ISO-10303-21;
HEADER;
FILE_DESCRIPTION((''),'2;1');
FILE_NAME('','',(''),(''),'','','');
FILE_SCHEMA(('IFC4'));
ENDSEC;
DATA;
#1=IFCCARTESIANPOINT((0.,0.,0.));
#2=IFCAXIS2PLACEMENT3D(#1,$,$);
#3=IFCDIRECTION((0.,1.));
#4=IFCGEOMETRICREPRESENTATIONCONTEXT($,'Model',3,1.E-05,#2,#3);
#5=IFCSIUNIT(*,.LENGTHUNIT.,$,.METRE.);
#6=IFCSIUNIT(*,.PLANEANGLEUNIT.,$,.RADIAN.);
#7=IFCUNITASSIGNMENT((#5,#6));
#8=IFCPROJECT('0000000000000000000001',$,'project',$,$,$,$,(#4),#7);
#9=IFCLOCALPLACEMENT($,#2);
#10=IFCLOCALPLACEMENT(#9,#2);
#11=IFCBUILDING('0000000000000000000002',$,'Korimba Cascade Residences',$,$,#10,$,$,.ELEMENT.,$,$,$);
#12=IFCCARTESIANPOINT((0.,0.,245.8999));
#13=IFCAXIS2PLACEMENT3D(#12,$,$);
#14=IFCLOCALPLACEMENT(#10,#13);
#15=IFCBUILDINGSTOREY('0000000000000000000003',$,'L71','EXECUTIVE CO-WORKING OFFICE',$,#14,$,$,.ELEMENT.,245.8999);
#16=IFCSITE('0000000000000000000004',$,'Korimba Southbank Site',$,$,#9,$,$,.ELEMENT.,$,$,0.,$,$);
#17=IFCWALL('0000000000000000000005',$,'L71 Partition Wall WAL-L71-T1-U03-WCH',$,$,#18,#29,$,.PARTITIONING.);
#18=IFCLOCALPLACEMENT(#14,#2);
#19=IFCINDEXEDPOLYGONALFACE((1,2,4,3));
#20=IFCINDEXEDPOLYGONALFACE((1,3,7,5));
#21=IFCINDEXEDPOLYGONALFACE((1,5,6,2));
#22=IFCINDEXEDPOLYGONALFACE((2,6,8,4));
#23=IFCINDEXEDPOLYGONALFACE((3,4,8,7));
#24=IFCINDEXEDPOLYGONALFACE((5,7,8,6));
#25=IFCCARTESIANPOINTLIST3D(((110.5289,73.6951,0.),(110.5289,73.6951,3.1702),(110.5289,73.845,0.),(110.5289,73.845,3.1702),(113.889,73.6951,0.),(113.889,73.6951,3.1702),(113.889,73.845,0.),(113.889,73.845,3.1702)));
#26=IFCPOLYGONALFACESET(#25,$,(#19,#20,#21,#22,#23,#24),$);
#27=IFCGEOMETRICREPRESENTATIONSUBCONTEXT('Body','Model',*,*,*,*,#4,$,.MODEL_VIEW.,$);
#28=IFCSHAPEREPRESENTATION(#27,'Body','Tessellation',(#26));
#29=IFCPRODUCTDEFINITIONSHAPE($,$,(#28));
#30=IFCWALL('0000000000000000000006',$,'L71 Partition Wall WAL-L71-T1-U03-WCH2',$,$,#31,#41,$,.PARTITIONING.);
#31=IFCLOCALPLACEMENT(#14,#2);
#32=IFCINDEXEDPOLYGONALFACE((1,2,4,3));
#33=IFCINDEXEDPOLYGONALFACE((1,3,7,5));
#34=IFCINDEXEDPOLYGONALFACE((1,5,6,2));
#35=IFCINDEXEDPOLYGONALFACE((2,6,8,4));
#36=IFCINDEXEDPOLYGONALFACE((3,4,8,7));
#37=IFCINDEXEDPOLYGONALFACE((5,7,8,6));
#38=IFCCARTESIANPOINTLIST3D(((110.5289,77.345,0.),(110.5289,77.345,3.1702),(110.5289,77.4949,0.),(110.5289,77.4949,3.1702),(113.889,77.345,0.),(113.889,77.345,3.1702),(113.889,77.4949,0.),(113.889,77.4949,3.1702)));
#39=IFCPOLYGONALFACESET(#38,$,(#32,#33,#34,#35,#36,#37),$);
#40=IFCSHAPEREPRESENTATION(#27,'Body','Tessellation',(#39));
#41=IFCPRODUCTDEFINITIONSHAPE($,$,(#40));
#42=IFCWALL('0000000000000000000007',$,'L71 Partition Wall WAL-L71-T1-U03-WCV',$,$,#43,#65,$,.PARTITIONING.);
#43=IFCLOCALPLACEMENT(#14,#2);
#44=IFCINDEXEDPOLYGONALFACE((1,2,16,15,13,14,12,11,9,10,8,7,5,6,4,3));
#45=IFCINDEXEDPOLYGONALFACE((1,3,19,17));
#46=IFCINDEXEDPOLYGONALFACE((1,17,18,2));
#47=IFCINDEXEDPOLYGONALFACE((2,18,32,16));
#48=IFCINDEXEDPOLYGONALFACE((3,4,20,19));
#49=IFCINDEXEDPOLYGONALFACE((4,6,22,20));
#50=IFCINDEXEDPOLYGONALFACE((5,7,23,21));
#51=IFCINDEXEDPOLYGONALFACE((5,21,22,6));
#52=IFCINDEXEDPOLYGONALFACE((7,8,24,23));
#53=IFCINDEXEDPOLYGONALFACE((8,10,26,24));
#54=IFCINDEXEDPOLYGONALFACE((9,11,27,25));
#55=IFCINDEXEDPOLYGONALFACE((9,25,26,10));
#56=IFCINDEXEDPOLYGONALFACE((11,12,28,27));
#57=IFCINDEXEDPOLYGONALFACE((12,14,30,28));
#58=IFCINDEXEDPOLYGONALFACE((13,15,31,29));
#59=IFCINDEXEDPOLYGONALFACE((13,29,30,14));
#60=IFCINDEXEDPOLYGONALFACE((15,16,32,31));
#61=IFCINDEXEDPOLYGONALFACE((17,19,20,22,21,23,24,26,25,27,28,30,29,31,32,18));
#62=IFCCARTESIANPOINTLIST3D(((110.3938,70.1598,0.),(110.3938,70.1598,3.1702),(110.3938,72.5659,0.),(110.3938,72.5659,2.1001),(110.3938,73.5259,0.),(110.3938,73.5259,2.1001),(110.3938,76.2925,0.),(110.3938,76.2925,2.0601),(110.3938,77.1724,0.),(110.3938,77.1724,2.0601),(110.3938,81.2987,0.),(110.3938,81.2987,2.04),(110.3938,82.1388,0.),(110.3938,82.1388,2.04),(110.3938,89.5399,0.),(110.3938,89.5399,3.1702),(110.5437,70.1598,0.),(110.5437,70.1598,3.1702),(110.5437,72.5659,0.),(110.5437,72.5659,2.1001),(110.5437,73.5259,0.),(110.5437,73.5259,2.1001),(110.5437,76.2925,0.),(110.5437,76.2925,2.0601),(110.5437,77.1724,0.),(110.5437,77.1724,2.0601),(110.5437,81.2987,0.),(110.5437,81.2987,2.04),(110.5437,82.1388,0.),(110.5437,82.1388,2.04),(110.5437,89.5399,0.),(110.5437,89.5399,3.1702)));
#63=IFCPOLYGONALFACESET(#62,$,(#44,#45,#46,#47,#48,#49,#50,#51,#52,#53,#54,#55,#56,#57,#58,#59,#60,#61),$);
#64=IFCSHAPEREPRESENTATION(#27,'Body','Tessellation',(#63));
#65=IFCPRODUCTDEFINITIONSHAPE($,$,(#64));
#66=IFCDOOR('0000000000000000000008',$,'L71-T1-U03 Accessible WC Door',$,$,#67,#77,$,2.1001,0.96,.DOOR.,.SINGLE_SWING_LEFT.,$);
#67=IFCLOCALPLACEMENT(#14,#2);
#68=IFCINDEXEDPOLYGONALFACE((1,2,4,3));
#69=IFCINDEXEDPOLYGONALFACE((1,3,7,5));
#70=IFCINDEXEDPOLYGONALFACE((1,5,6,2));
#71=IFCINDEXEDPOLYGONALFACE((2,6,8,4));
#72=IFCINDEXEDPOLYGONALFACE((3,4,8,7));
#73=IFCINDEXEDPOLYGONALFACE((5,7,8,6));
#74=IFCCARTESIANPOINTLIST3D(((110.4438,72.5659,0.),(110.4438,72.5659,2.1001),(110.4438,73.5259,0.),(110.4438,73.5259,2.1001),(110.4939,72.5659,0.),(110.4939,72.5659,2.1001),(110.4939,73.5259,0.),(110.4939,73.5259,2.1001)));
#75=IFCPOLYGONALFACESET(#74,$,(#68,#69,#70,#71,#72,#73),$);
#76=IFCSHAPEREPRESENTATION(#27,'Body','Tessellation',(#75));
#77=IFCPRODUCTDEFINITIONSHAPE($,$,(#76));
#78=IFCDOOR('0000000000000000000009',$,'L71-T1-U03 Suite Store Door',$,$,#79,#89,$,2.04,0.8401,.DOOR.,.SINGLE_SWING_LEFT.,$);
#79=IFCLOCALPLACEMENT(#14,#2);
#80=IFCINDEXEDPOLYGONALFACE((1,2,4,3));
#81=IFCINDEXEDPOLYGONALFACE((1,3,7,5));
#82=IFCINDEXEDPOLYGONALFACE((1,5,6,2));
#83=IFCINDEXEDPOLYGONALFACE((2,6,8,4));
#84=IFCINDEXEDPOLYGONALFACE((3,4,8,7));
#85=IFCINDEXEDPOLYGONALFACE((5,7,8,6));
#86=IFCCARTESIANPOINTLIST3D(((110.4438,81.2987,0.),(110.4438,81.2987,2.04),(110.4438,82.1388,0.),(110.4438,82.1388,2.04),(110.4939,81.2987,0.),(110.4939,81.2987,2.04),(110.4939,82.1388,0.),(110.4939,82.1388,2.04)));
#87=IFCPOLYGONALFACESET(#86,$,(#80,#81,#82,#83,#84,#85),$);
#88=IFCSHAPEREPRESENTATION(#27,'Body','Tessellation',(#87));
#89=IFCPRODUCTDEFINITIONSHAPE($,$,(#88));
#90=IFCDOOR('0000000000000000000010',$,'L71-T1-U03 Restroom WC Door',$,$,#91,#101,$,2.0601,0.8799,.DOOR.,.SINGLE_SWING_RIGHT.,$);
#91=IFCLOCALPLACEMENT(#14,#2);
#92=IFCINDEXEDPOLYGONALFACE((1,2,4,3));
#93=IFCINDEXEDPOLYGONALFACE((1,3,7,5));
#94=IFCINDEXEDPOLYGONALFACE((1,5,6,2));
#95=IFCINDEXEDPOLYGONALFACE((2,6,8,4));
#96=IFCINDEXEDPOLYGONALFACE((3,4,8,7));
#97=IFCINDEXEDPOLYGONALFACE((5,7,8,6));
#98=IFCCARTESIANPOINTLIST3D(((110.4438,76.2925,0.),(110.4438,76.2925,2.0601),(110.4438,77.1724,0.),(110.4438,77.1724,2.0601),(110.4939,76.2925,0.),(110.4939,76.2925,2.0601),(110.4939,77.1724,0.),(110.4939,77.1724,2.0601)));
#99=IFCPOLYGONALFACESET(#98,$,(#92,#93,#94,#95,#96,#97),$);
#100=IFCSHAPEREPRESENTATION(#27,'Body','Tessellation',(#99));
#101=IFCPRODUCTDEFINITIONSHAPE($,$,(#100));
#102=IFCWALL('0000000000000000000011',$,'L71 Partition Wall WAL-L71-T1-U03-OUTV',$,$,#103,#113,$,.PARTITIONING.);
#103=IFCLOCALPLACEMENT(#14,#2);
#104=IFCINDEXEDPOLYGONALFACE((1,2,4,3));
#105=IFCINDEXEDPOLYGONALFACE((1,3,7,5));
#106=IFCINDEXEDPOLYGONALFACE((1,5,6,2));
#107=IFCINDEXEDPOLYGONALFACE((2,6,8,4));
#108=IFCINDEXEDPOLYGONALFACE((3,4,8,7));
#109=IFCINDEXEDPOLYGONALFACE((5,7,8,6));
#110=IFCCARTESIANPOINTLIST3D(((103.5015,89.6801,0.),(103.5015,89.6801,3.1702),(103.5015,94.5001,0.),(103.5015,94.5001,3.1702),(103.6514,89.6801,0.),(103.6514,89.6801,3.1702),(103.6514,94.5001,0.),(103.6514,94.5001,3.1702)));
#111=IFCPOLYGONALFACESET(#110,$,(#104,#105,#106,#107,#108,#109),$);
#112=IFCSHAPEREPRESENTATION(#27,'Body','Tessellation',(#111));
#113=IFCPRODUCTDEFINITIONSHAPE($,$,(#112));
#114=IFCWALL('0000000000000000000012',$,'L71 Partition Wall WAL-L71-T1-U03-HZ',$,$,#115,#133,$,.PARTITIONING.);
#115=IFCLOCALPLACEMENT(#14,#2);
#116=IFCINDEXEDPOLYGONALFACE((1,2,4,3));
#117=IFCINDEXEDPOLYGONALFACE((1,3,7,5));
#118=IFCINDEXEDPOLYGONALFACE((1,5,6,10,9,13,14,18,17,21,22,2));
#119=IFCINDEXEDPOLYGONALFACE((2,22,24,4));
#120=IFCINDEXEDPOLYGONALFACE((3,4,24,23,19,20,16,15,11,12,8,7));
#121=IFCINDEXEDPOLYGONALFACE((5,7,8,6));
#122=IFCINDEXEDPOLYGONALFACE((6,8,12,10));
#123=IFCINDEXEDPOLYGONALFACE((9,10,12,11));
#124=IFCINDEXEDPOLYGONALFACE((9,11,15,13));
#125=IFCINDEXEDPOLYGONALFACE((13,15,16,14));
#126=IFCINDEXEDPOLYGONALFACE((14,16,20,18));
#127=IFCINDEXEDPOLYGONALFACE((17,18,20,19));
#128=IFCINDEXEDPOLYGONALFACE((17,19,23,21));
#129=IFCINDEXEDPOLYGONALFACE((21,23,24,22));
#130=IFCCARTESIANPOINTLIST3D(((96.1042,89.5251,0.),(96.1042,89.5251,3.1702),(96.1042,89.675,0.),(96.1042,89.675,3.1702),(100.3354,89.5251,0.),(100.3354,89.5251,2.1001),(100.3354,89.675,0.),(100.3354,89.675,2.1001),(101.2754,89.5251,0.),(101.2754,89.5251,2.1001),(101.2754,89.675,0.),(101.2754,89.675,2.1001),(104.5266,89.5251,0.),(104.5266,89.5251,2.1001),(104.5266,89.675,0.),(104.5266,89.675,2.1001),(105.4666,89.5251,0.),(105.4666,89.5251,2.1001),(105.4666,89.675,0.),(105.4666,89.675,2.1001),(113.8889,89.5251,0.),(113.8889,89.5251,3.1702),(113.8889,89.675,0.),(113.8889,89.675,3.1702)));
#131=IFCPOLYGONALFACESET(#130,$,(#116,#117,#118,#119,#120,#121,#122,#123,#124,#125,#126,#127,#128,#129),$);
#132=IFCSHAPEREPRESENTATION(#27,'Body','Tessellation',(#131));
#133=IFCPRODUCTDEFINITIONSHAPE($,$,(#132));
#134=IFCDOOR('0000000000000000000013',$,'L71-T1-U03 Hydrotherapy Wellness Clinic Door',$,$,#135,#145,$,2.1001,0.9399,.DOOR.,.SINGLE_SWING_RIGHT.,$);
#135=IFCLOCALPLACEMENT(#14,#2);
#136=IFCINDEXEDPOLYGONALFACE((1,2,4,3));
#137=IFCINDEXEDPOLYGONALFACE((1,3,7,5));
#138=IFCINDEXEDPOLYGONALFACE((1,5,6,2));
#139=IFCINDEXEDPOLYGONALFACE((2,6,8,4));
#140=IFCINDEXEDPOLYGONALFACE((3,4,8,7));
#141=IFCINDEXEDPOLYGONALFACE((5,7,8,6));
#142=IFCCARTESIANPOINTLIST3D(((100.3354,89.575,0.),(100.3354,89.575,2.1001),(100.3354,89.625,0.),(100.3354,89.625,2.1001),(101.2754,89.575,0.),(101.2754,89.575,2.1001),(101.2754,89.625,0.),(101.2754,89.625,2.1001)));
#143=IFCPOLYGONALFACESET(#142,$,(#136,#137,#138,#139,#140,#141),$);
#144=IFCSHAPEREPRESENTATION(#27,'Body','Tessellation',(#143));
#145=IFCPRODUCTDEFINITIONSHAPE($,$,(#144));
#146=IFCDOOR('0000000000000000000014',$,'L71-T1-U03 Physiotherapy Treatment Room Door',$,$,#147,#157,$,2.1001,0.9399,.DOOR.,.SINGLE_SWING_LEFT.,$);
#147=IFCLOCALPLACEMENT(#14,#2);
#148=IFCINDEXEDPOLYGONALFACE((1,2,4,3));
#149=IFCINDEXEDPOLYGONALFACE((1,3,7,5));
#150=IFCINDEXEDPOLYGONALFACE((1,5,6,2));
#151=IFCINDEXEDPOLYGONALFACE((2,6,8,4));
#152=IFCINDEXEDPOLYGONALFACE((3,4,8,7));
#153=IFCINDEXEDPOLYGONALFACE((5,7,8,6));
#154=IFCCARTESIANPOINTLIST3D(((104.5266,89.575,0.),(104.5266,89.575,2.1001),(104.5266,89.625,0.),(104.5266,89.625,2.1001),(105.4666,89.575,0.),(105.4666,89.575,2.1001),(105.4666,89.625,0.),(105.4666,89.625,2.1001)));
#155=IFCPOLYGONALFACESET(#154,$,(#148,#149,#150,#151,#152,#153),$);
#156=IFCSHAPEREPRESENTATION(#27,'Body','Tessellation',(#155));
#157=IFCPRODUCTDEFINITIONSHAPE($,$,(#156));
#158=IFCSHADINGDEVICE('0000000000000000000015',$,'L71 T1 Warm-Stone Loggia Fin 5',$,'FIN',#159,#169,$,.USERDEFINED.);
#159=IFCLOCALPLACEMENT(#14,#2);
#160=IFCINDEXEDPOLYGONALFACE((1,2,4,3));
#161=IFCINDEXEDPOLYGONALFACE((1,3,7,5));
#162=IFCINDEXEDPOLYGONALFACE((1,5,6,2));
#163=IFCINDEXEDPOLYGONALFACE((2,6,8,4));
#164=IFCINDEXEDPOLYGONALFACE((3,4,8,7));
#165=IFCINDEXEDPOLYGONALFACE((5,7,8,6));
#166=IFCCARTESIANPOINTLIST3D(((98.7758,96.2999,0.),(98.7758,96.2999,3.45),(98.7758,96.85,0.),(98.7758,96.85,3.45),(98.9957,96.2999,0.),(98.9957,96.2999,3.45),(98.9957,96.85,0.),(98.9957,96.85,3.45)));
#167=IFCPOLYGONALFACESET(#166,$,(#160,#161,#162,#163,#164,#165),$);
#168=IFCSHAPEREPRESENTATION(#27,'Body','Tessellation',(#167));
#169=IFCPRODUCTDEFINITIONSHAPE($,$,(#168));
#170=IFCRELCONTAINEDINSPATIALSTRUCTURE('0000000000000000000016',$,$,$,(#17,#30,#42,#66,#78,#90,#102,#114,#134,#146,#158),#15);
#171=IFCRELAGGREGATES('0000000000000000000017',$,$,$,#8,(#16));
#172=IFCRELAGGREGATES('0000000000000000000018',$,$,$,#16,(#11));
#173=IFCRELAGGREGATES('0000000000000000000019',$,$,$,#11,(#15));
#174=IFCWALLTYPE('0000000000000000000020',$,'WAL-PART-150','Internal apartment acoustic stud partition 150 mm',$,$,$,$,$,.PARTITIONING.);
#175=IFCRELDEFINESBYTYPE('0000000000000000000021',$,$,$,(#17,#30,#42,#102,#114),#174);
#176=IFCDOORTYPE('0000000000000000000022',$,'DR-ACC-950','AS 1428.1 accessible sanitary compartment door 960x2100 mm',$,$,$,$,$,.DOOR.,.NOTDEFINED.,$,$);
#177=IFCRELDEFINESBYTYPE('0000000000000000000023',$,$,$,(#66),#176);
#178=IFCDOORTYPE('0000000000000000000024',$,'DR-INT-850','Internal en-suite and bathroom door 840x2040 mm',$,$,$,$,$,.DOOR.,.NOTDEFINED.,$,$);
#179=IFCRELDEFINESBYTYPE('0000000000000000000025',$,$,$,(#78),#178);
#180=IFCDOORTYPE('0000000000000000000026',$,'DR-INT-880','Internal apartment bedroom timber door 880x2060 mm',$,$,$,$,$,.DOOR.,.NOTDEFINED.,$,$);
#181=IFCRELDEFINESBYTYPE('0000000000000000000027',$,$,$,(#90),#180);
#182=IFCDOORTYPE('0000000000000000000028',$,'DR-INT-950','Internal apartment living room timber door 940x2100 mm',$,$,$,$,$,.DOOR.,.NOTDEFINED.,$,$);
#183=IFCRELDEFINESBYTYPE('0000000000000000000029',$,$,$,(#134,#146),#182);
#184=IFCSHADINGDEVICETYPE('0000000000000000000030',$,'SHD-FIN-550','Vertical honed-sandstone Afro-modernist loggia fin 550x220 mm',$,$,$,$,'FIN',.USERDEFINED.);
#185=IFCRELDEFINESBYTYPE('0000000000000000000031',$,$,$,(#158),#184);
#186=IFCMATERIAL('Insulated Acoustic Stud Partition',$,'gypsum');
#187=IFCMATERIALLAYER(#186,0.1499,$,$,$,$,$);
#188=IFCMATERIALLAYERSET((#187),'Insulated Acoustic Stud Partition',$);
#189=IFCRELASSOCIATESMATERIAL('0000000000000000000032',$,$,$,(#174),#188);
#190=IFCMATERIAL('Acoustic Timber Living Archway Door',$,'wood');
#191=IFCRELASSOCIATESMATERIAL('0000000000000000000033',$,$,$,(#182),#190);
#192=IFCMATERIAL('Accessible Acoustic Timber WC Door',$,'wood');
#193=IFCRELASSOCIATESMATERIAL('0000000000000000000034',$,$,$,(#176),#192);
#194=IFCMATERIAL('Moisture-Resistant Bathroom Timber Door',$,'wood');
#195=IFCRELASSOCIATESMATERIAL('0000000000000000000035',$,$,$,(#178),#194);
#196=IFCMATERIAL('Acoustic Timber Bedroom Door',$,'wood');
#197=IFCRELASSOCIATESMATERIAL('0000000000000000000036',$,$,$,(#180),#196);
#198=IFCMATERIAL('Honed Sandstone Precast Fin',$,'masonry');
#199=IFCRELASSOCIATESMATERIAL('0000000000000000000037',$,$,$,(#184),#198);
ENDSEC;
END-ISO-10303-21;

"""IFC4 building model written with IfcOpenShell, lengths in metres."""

from ifc_helpers import new_model, si_unit, direction, frame, frame_2d, origin, origin_2d, place, context, subcontext, project, spatial, rectangle, extrude, material, layer, layer_set, type_object, element, fill, save


model = new_model("IFC4")

# Units and contexts
model_context = context("Model", 3, precision=1e-05, world=origin(), true_north=direction((0.0, 1.0)))
body_context = subcontext(model_context, "Body", "Model", "MODEL_VIEW")
ifc_project = project(units=[si_unit("LENGTHUNIT", "METRE"), si_unit("PLANEANGLEUNIT", "RADIAN")], contexts=[model_context])

# Site, building, storey
site_placement = place(None, origin())
site = spatial("IfcSite", under=ifc_project, at=site_placement, Name="Korimba Southbank Site", CompositionType="ELEMENT", RefElevation=0.0)
building_placement = place(site_placement, origin())
building = spatial("IfcBuilding", under=site, at=building_placement, Name="Korimba Cascade Residences", CompositionType="ELEMENT")
storey_placement = place(building_placement, frame((0.0, 0.0, 245.8999)))
storey = spatial("IfcBuildingStorey", under=building, at=storey_placement, Name="L71", Description="EXECUTIVE CO-WORKING OFFICE", CompositionType="ELEMENT", Elevation=245.8999)

# Shared definitions
ifc_material_1 = material(Name="Insulated Acoustic Stud Partition", Category="gypsum")
ifc_layer_1 = layer(ifc_material_1, 0.1499)
ifc_layer_set_1 = layer_set([ifc_layer_1], Name="Insulated Acoustic Stud Partition")
wall_type_1 = type_object("IfcWallType", Name="WAL-PART-150", Description="Internal apartment acoustic stud partition 150 mm", PredefinedType="PARTITIONING", material=ifc_layer_set_1)
ifc_material_2 = material(Name="Acoustic Timber Living Archway Door", Category="wood")
door_type_1 = type_object("IfcDoorType", Name="DR-INT-950", Description="Internal apartment living room timber door 940x2100 mm", OperationType="NOTDEFINED", PredefinedType="DOOR", material=ifc_material_2)

# Walls
for number, where, z_axis, x_axis, name in (
    (1, (110.5288, 73.77, 0.0), (0.0, 0.0, 1.0), (1.0, 0.0, 0.0), "L71 Partition Wall WAL-L71-T1-U03-WCH"),
    (2, (110.5288, 77.4199, 0.0), (0.0, 0.0, 1.0), (1.0, 0.0, 0.0), "L71 Partition Wall WAL-L71-T1-U03-WCH2"),
):
    element("IfcWall", number, at=place(storey_placement, frame(where, z_axis=z_axis, x_axis=x_axis)), inside=storey, type_object=wall_type_1, Name=name, PredefinedType="PARTITIONING", context=body_context, shape_type="SweptSolid", body=[
        extrude(rectangle(XDim=3.3601, YDim=0.1499, at=frame_2d((1.6802, 0.0))), origin(), (0.0, 0.0, 1.0), 3.1702),
    ])

# Wall, openings, doors
wall_1_placement = place(storey_placement, frame((110.4688, 70.1599, 0.0), z_axis=(0.0, 0.0, 1.0), x_axis=(0.0, 1.0, 0.0)))
wall_1 = element("IfcWall", 3, at=wall_1_placement, inside=storey, type_object=wall_type_1, Name="L71 Partition Wall WAL-L71-T1-U03-WCV", PredefinedType="PARTITIONING", context=body_context, shape_type="SweptSolid", body=[
    extrude(rectangle(XDim=19.3801, YDim=0.1499, at=frame_2d((9.6899, 0.0))), origin(), (0.0, 0.0, 1.0), 3.1702),
])
opening_1_placement = place(wall_1_placement, frame((2.406, 0.0, 0.0)))
opening_1 = element("IfcOpeningElement", 4, at=opening_1_placement, cuts=wall_1, PredefinedType="OPENING", context=body_context, shape_type="SweptSolid", body=[
    extrude(rectangle(XDim=0.96, YDim=2.1001, at=frame_2d((0.48, 1.05))), frame((0.0, 0.085, 0.0), z_axis=(0.0, -1.0, 0.0), x_axis=(1.0, 0.0, 0.0)), (0.0, 0.0, 1.0), 0.1699),
])
opening_2_placement = place(wall_1_placement, frame((6.1326, 0.0, 0.0)))
opening_2 = element("IfcOpeningElement", 5, at=opening_2_placement, cuts=wall_1, PredefinedType="OPENING", context=body_context, shape_type="SweptSolid", body=[
    extrude(rectangle(XDim=0.8799, YDim=2.0601, at=frame_2d((0.4399, 1.03))), frame((0.0, 0.085, 0.0), z_axis=(0.0, -1.0, 0.0), x_axis=(1.0, 0.0, 0.0)), (0.0, 0.0, 1.0), 0.1699),
])
opening_3_placement = place(wall_1_placement, frame((11.1389, 0.0, 0.0)))
opening_3 = element("IfcOpeningElement", 6, at=opening_3_placement, cuts=wall_1, PredefinedType="OPENING", context=body_context, shape_type="SweptSolid", body=[
    extrude(rectangle(XDim=0.8401, YDim=2.04, at=frame_2d((0.4199, 1.02))), frame((0.0, 0.085, 0.0), z_axis=(0.0, -1.0, 0.0), x_axis=(1.0, 0.0, 0.0)), (0.0, 0.0, 1.0), 0.1699),
])
ifc_material_3 = material(Name="Accessible Acoustic Timber WC Door", Category="wood")
door_type_2 = type_object("IfcDoorType", Name="DR-ACC-950", Description="AS 1428.1 accessible sanitary compartment door 960x2100 mm", OperationType="NOTDEFINED", PredefinedType="DOOR", material=ifc_material_3)
door_1_placement = place(opening_1_placement, origin())
door_1 = element("IfcDoor", 7, at=door_1_placement, inside=storey, type_object=door_type_2, Name="L71-T1-U03 Accessible WC Door", OperationType="SINGLE_SWING_LEFT", OverallHeight=2.1001, OverallWidth=0.96, PredefinedType="DOOR", context=body_context, shape_type="SweptSolid", body=[
    extrude(rectangle(XDim=0.96, YDim=2.1001, at=frame_2d((0.48, 1.05))), frame((0.0, 0.0249, 0.0), z_axis=(0.0, -1.0, 0.0), x_axis=(1.0, 0.0, 0.0)), (0.0, 0.0, 1.0), 0.05),
])
fill(opening_1, door_1)
ifc_material_4 = material(Name="Moisture-Resistant Bathroom Timber Door", Category="wood")
door_type_3 = type_object("IfcDoorType", Name="DR-INT-850", Description="Internal en-suite and bathroom door 840x2040 mm", OperationType="NOTDEFINED", PredefinedType="DOOR", material=ifc_material_4)
door_2_placement = place(opening_3_placement, origin())
door_2 = element("IfcDoor", 8, at=door_2_placement, inside=storey, type_object=door_type_3, Name="L71-T1-U03 Suite Store Door", OperationType="SINGLE_SWING_LEFT", OverallHeight=2.04, OverallWidth=0.8401, PredefinedType="DOOR", context=body_context, shape_type="SweptSolid", body=[
    extrude(rectangle(XDim=0.8401, YDim=2.04, at=frame_2d((0.4199, 1.02))), frame((0.0, 0.0249, 0.0), z_axis=(0.0, -1.0, 0.0), x_axis=(1.0, 0.0, 0.0)), (0.0, 0.0, 1.0), 0.05),
])
fill(opening_3, door_2)
ifc_material_5 = material(Name="Acoustic Timber Bedroom Door", Category="wood")
door_type_4 = type_object("IfcDoorType", Name="DR-INT-880", Description="Internal apartment bedroom timber door 880x2060 mm", OperationType="NOTDEFINED", PredefinedType="DOOR", material=ifc_material_5)
door_3_placement = place(opening_2_placement, origin())
door_3 = element("IfcDoor", 9, at=door_3_placement, inside=storey, type_object=door_type_4, Name="L71-T1-U03 Restroom WC Door", OperationType="SINGLE_SWING_RIGHT", OverallHeight=2.0601, OverallWidth=0.8799, PredefinedType="DOOR", context=body_context, shape_type="SweptSolid", body=[
    extrude(rectangle(XDim=0.8799, YDim=2.0601, at=frame_2d((0.4399, 1.03))), frame((0.0, 0.0249, 0.0), z_axis=(0.0, -1.0, 0.0), x_axis=(1.0, 0.0, 0.0)), (0.0, 0.0, 1.0), 0.05),
])
fill(opening_2, door_3)

# Wall
wall_2_placement = place(storey_placement, frame((103.5764, 89.6799, 0.0), z_axis=(0.0, 0.0, 1.0), x_axis=(0.0, 1.0, 0.0)))
element("IfcWall", 10, at=wall_2_placement, inside=storey, type_object=wall_type_1, Name="L71 Partition Wall WAL-L71-T1-U03-OUTV", PredefinedType="PARTITIONING", context=body_context, shape_type="SweptSolid", body=[
    extrude(rectangle(XDim=4.8201, YDim=0.1499, at=frame_2d((2.4102, 0.0))), origin(), (0.0, 0.0, 1.0), 3.1702),
])

# Wall, openings, doors
wall_3_placement = place(storey_placement, frame((96.1042, 89.6001, 0.0), z_axis=(0.0, 0.0, 1.0), x_axis=(1.0, 0.0, 0.0)))
wall_3 = element("IfcWall", 11, at=wall_3_placement, inside=storey, type_object=wall_type_1, Name="L71 Partition Wall WAL-L71-T1-U03-HZ", PredefinedType="PARTITIONING", context=body_context, shape_type="SweptSolid", body=[
    extrude(rectangle(XDim=17.7847, YDim=0.1499, at=frame_2d((8.8923, 0.0))), origin(), (0.0, 0.0, 1.0), 3.1702),
])
opening_4_placement = place(wall_3_placement, frame((4.2312, 0.0, 0.0)))
opening_4 = element("IfcOpeningElement", 12, at=opening_4_placement, cuts=wall_3, PredefinedType="OPENING", context=body_context, shape_type="SweptSolid", body=[
    extrude(rectangle(XDim=0.9399, YDim=2.1001, at=frame_2d((0.47, 1.05))), frame((0.0, 0.085, 0.0), z_axis=(0.0, -1.0, 0.0), x_axis=(1.0, 0.0, 0.0)), (0.0, 0.0, 1.0), 0.1699),
])
opening_5_placement = place(wall_3_placement, frame((8.4224, 0.0, 0.0)))
opening_5 = element("IfcOpeningElement", 13, at=opening_5_placement, cuts=wall_3, PredefinedType="OPENING", context=body_context, shape_type="SweptSolid", body=[
    extrude(rectangle(XDim=0.9399, YDim=2.1001, at=frame_2d((0.47, 1.05))), frame((0.0, 0.085, 0.0), z_axis=(0.0, -1.0, 0.0), x_axis=(1.0, 0.0, 0.0)), (0.0, 0.0, 1.0), 0.1699),
])
door_4_placement = place(opening_4_placement, origin())
door_4 = element("IfcDoor", 14, at=door_4_placement, inside=storey, type_object=door_type_1, Name="L71-T1-U03 Hydrotherapy Wellness Clinic Door", OperationType="SINGLE_SWING_RIGHT", OverallHeight=2.1001, OverallWidth=0.9399, PredefinedType="DOOR", context=body_context, shape_type="SweptSolid", body=[
    extrude(rectangle(XDim=0.9399, YDim=2.1001, at=frame_2d((0.47, 1.05))), frame((0.0, 0.0249, 0.0), z_axis=(0.0, -1.0, 0.0), x_axis=(1.0, 0.0, 0.0)), (0.0, 0.0, 1.0), 0.05),
])
fill(opening_4, door_4)
door_5_placement = place(opening_5_placement, origin())
door_5 = element("IfcDoor", 15, at=door_5_placement, inside=storey, type_object=door_type_1, Name="L71-T1-U03 Physiotherapy Treatment Room Door", OperationType="SINGLE_SWING_LEFT", OverallHeight=2.1001, OverallWidth=0.9399, PredefinedType="DOOR", context=body_context, shape_type="SweptSolid", body=[
    extrude(rectangle(XDim=0.9399, YDim=2.1001, at=frame_2d((0.47, 1.05))), frame((0.0, 0.0249, 0.0), z_axis=(0.0, -1.0, 0.0), x_axis=(1.0, 0.0, 0.0)), (0.0, 0.0, 1.0), 0.05),
])
fill(opening_5, door_5)

# Shading device
ifc_material_6 = material(Name="Honed Sandstone Precast Fin", Category="masonry")
shading_device_type = type_object("IfcShadingDeviceType", Name="SHD-FIN-550", Description="Vertical honed-sandstone Afro-modernist loggia fin 550x220 mm", ElementType="FIN", PredefinedType="USERDEFINED", material=ifc_material_6)
for number, where, z_axis, x_axis, name in (
    (16, (98.8857, 96.575, 0.0), (0.0, 0.0, 1.0), (1.0, 0.0, 0.0), "L71 T1 Warm-Stone Loggia Fin 5"),
):
    element("IfcShadingDevice", number, at=place(storey_placement, frame(where, z_axis=z_axis, x_axis=x_axis)), inside=storey, type_object=shading_device_type, Name=name, ObjectType="FIN", PredefinedType="USERDEFINED", context=body_context, shape_type="SweptSolid", body=[
        extrude(rectangle(XDim=0.22, YDim=0.55, at=origin_2d()), origin(), (0.0, 0.0, 1.0), 3.45),
    ])

save(model, "model.ifc")
